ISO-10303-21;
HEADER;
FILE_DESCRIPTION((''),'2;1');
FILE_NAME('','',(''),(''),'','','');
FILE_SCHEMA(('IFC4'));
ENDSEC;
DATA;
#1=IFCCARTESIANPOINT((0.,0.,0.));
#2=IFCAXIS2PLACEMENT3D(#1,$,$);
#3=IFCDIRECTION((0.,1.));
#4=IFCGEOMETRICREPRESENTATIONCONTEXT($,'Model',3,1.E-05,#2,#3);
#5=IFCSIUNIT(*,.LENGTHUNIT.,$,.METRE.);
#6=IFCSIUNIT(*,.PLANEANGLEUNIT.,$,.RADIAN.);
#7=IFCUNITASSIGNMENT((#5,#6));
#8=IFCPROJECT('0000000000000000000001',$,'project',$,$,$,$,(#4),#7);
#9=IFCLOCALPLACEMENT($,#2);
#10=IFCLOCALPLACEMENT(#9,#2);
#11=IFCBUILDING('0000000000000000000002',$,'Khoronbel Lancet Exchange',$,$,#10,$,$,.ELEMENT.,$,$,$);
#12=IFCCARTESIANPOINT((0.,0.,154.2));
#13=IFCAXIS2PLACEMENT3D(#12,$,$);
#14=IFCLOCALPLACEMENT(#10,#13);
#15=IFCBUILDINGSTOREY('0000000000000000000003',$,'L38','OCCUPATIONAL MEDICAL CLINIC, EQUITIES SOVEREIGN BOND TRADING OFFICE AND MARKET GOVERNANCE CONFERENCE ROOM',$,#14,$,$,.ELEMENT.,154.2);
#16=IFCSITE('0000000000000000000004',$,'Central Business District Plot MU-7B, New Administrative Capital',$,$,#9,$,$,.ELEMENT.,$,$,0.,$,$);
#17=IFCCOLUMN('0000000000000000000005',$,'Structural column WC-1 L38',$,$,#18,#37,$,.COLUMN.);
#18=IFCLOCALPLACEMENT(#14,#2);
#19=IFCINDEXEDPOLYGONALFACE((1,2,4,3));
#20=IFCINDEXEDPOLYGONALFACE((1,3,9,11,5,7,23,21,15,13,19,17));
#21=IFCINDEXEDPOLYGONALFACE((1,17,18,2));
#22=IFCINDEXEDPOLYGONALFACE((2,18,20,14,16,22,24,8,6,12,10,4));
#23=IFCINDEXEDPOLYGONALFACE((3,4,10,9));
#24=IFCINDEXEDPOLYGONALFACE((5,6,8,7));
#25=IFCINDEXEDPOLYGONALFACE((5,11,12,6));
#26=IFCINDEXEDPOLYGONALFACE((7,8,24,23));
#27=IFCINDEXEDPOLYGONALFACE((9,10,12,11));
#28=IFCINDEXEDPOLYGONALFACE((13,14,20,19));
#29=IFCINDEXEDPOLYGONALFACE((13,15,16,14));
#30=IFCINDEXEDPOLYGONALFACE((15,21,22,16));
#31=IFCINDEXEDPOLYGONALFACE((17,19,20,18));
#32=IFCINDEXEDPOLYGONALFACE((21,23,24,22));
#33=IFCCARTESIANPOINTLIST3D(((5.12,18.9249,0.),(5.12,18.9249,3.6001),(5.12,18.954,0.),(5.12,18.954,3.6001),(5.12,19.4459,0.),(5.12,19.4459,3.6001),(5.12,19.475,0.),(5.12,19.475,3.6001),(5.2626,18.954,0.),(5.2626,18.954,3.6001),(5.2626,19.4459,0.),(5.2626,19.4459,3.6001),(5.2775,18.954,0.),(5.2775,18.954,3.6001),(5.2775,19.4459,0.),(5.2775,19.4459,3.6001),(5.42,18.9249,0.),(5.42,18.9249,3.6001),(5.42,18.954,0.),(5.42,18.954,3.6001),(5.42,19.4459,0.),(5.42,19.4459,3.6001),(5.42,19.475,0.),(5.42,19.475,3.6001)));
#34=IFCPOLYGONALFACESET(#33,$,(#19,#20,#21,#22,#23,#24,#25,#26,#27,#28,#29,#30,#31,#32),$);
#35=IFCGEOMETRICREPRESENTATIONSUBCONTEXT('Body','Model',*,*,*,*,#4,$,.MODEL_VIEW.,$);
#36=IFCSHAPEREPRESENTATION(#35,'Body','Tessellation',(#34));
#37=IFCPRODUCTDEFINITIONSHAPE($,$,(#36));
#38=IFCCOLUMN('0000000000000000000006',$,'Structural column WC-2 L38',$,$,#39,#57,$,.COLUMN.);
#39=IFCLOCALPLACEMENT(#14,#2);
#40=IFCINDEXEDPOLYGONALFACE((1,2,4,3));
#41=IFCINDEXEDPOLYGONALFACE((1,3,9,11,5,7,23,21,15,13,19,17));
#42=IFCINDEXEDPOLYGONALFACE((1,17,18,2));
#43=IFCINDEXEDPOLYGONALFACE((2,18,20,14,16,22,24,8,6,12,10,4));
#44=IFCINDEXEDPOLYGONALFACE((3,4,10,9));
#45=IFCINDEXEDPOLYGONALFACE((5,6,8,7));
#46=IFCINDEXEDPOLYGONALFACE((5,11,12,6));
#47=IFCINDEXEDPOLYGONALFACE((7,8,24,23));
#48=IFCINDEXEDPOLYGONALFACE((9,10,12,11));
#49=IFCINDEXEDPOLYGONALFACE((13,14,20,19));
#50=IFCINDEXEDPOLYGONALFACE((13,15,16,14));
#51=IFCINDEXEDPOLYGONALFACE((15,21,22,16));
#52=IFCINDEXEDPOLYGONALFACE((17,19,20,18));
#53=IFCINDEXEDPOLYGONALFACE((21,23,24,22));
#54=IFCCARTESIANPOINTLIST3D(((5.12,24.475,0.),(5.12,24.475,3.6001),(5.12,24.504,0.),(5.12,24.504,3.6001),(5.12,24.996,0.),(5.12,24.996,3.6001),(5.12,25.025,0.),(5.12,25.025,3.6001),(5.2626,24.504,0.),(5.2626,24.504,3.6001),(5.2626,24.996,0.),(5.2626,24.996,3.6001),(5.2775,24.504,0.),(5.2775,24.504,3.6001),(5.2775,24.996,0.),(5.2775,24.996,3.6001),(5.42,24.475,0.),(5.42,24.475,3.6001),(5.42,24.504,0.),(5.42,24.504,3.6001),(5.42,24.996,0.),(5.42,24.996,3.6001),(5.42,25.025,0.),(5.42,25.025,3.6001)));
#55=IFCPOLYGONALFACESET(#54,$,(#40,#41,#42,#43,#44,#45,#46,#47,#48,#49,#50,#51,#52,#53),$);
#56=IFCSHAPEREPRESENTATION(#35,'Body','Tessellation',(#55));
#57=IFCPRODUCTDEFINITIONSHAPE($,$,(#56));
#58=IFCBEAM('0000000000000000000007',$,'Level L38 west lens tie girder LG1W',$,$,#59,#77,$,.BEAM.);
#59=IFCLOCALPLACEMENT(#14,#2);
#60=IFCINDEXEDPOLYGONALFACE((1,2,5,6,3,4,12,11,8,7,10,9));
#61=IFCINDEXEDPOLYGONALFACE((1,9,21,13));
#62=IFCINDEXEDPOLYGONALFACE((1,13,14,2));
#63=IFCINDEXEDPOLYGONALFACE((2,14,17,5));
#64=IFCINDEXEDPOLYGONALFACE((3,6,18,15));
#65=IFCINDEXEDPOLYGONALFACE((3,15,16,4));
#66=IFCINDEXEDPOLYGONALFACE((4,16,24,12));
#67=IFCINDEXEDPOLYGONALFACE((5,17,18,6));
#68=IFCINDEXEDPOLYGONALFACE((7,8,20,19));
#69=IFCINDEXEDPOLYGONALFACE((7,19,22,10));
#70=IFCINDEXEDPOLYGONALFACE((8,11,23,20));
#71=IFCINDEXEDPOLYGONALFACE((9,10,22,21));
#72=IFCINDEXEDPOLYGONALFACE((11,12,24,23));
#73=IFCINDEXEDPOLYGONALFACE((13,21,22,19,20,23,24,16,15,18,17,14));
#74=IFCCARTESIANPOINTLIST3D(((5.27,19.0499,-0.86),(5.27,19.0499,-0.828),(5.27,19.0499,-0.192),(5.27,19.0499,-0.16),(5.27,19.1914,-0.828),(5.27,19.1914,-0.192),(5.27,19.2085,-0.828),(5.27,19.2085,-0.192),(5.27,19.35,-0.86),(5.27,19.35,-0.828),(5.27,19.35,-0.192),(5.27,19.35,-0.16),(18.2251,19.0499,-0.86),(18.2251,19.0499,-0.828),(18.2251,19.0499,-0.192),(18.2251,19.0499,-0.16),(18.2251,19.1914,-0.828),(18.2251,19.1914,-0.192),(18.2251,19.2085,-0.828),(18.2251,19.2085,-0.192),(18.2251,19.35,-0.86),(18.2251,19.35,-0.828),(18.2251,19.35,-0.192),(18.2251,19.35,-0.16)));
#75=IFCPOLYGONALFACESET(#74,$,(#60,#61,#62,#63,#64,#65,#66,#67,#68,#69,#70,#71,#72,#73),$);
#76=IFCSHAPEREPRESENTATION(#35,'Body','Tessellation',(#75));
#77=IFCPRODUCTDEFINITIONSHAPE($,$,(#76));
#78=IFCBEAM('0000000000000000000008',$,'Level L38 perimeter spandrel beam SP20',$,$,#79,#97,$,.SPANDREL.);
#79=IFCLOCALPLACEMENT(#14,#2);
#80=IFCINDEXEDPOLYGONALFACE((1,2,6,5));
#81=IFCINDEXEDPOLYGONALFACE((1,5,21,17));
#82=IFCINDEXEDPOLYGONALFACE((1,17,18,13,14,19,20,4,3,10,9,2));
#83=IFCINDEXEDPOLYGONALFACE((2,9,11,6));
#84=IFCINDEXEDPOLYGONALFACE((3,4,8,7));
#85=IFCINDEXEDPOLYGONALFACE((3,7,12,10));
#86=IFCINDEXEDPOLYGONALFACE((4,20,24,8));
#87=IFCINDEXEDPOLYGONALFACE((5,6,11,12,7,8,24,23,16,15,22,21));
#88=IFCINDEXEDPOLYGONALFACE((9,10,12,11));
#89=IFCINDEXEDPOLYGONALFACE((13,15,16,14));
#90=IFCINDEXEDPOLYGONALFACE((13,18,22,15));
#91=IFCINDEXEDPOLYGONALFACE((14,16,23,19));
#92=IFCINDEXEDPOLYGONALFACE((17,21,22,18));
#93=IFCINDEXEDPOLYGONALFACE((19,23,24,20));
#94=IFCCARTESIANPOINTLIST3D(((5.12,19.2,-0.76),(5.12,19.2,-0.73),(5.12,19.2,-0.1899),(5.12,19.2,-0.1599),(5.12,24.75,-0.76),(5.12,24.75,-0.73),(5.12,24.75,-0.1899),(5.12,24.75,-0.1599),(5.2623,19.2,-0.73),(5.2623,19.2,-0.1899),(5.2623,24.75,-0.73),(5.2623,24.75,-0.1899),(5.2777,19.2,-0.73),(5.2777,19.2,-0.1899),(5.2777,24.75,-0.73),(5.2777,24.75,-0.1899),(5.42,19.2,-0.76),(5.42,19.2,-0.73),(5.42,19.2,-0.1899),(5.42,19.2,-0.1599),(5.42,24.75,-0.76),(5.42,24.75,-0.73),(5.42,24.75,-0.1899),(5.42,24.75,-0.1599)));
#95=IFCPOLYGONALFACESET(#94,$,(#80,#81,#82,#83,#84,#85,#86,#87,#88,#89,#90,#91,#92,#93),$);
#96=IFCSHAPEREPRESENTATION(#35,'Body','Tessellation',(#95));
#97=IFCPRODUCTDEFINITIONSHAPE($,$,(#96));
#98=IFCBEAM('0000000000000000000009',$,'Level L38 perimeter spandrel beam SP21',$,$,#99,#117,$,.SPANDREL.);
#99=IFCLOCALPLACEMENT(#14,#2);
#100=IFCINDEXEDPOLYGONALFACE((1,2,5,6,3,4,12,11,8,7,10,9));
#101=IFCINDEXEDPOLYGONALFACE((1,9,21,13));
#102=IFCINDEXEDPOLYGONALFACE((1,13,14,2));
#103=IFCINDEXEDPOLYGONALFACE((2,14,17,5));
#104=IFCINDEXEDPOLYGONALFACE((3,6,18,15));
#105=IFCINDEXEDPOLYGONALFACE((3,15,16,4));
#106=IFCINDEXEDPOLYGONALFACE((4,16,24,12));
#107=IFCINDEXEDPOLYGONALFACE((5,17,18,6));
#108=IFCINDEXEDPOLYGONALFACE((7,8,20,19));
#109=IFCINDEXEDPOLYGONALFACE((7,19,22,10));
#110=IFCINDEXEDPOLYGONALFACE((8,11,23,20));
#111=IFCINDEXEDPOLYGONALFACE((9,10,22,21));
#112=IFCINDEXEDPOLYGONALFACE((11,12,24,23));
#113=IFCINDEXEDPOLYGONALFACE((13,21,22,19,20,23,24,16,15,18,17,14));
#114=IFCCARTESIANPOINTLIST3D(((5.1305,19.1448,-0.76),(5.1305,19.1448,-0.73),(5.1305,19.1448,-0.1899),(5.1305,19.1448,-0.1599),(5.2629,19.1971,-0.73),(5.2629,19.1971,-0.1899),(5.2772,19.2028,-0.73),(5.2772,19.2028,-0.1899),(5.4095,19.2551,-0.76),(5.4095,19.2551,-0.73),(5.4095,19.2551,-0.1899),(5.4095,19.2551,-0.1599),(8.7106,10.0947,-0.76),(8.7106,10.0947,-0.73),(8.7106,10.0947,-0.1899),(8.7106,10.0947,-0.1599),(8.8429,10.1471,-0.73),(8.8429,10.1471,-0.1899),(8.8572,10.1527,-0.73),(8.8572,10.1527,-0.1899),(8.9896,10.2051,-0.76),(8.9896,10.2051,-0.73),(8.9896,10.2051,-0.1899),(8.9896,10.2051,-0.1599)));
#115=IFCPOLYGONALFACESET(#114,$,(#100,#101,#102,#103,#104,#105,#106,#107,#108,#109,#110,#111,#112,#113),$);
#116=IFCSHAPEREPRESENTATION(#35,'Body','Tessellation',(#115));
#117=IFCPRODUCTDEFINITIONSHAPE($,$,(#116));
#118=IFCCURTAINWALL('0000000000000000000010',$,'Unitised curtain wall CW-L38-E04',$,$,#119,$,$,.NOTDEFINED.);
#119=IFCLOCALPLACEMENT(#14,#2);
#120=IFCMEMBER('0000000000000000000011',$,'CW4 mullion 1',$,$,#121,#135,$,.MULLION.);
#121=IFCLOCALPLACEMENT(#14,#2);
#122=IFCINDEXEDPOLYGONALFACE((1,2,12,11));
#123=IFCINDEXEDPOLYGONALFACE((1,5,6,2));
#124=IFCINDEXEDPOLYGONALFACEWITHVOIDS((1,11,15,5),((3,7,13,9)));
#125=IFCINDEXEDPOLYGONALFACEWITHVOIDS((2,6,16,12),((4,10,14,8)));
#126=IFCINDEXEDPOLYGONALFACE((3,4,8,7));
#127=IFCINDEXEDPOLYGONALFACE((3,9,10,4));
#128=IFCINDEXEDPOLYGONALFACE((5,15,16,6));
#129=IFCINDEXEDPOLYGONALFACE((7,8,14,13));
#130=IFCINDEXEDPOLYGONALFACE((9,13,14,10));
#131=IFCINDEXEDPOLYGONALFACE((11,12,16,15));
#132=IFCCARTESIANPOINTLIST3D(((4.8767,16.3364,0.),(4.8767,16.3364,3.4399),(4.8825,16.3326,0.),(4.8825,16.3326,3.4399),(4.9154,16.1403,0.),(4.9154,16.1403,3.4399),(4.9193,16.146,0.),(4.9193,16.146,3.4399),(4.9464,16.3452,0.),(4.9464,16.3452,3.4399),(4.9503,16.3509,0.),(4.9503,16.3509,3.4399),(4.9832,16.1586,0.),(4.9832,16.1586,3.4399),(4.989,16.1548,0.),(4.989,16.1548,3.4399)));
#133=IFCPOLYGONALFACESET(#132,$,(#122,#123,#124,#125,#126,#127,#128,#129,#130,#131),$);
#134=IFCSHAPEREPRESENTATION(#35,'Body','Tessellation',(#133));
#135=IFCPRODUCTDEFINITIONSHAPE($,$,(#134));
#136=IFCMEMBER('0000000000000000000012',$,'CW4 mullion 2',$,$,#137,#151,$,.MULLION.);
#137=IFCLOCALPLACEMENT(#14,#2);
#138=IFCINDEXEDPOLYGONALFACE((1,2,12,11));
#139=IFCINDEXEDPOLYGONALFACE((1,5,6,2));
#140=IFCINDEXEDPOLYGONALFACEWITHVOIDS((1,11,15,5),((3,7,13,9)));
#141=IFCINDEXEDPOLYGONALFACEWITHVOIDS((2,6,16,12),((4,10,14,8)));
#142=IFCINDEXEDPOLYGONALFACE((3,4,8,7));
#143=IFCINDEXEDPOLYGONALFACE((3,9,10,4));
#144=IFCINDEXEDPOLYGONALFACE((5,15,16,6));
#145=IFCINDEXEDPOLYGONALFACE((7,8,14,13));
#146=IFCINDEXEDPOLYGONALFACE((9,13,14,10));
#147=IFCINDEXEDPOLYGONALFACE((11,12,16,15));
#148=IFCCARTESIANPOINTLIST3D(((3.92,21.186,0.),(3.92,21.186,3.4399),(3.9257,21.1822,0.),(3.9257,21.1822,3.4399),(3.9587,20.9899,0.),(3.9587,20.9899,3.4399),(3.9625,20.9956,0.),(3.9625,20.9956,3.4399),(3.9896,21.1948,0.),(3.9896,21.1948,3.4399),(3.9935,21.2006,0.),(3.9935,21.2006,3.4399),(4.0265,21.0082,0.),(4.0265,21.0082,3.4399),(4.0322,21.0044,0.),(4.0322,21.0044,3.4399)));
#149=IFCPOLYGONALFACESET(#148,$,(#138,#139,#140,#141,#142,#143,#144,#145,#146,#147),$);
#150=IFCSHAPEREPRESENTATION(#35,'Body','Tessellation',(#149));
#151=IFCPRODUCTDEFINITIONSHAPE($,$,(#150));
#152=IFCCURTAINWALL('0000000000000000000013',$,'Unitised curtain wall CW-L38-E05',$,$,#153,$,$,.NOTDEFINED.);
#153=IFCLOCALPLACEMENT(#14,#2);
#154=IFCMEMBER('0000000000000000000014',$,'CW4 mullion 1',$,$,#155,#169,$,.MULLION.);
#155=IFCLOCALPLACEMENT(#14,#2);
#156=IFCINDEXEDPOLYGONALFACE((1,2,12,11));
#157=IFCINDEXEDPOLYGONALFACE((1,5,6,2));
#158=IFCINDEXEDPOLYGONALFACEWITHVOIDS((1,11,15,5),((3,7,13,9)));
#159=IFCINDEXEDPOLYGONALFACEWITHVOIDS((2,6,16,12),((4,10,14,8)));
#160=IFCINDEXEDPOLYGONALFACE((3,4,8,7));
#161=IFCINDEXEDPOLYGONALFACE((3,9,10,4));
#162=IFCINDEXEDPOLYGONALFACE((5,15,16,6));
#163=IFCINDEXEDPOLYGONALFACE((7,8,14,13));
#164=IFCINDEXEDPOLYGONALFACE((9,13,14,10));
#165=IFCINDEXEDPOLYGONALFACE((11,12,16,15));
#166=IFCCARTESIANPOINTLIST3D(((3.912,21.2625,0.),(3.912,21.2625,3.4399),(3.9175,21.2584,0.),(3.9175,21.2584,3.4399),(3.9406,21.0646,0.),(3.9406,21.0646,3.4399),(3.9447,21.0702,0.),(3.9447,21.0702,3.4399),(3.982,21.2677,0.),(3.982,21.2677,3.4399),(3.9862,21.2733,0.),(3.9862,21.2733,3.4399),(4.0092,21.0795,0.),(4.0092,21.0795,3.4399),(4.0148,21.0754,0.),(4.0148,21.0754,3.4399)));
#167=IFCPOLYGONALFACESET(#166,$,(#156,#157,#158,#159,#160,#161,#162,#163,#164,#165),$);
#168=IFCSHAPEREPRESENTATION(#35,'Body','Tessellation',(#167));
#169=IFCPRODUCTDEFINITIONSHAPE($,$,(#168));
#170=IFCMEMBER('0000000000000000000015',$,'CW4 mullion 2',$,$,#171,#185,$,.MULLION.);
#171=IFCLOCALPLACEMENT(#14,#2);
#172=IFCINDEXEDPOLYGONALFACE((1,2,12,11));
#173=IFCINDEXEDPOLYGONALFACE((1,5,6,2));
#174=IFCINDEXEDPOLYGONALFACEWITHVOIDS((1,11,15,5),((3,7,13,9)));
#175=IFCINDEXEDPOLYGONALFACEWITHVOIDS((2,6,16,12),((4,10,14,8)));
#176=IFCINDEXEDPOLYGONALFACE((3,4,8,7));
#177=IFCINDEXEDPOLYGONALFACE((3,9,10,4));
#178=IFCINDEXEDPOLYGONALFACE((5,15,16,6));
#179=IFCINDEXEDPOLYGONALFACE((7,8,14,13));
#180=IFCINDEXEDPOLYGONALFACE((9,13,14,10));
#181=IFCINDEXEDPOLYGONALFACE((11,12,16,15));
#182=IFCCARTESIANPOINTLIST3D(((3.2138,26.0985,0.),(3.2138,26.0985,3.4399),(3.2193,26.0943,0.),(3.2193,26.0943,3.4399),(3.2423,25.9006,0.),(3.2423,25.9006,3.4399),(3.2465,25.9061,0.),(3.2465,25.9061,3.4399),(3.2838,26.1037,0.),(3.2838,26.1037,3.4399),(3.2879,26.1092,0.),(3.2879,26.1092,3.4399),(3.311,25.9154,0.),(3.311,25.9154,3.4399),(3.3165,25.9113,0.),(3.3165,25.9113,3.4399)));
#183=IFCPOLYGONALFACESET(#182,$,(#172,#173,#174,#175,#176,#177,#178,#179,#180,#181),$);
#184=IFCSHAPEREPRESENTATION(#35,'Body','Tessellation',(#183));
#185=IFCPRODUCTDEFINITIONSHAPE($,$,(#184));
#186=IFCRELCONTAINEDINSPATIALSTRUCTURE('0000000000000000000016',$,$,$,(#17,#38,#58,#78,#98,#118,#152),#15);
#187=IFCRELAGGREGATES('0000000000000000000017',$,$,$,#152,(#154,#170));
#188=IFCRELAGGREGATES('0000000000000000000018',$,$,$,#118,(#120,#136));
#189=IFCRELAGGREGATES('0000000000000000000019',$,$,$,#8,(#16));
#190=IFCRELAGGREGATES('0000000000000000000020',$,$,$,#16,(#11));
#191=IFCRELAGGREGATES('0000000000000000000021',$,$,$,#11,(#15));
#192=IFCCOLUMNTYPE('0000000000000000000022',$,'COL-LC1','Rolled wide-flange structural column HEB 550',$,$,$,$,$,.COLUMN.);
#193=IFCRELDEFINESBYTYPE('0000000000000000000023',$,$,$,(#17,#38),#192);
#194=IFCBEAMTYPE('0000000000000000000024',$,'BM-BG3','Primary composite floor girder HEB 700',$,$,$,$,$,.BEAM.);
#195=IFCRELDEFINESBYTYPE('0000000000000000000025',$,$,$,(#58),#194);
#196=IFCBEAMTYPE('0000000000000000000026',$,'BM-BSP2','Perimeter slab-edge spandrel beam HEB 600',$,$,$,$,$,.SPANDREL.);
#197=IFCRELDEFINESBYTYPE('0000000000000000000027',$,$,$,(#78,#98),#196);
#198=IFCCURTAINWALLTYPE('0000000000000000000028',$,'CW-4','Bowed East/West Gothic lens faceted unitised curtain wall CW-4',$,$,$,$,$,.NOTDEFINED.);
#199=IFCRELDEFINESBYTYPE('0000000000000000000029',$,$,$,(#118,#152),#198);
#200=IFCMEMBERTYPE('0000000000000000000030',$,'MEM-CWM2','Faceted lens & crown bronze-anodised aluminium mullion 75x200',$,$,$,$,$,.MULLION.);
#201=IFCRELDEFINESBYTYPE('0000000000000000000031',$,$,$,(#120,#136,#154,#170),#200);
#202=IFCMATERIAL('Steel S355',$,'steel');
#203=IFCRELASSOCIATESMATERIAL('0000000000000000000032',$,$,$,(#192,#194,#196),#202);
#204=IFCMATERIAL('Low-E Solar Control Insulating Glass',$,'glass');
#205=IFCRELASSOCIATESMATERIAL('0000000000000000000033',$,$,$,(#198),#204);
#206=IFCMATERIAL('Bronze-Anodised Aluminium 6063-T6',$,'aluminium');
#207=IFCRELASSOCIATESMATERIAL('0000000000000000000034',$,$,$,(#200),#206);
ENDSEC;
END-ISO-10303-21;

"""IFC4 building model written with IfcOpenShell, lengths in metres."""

from ifc_helpers import new_model, si_unit, direction, frame, origin, origin_2d, place, context, subcontext, project, spatial, hollow_rectangle, i_section, extrude, material, material_profile, profile_set, type_object, element, aggregate, save


model = new_model("IFC4")

# Units and contexts
model_context = context("Model", 3, precision=1e-05, world=origin(), true_north=direction((0.0, 1.0)))
body_context = subcontext(model_context, "Body", "Model", "MODEL_VIEW")
ifc_project = project(units=[si_unit("LENGTHUNIT", "METRE"), si_unit("PLANEANGLEUNIT", "RADIAN")], contexts=[model_context])

# Site, building, storey
site_placement = place(None, origin())
site = spatial("IfcSite", under=ifc_project, at=site_placement, Name="Central Business District Plot MU-7B, New Administrative Capital", CompositionType="ELEMENT", RefElevation=0.0)
building_placement = place(site_placement, origin())
building = spatial("IfcBuilding", under=site, at=building_placement, Name="Khoronbel Lancet Exchange", CompositionType="ELEMENT")
storey_placement = place(building_placement, frame((0.0, 0.0, 154.2)))
storey = spatial("IfcBuildingStorey", under=building, at=storey_placement, Name="L38", Description="OCCUPATIONAL MEDICAL CLINIC, EQUITIES SOVEREIGN BOND TRADING OFFICE AND MARKET GOVERNANCE CONFERENCE ROOM", CompositionType="ELEMENT", Elevation=154.2)

# Columns
ifc_material_1 = material(Name="Steel S355", Category="steel")
ifc_material_profile_1 = material_profile(ifc_material_1, i_section(OverallWidth=0.3, OverallDepth=0.55, WebThickness=0.0149, FlangeThickness=0.0291, at=origin_2d()), Name="HEB 550")
ifc_profile_set_1 = profile_set([ifc_material_profile_1], Name="Steel S355")
column_type = type_object("IfcColumnType", Name="COL-LC1", Description="Rolled wide-flange structural column HEB 550", PredefinedType="COLUMN", material=ifc_profile_set_1)
for number, where, z_axis, x_axis, name in (
    (1, (5.27, 19.2, 0.0), (0.0, 0.0, 1.0), (1.0, 0.0, 0.0), "Structural column WC-1 L38"),
    (2, (5.27, 24.75, 0.0), (0.0, 0.0, 1.0), (1.0, 0.0, 0.0), "Structural column WC-2 L38"),
):
    element("IfcColumn", number, at=place(storey_placement, frame(where, z_axis=z_axis, x_axis=x_axis)), inside=storey, type_object=column_type, Name=name, PredefinedType="COLUMN", context=body_context, shape_type="SweptSolid", body=[
        extrude(i_section(OverallWidth=0.3, OverallDepth=0.55, WebThickness=0.0149, FlangeThickness=0.0291, at=origin_2d()), origin(), (0.0, 0.0, 1.0), 3.6001),
    ])

# Beams
ifc_material_profile_2 = material_profile(ifc_material_1, i_section(OverallWidth=0.3, OverallDepth=0.7, WebThickness=0.0171, FlangeThickness=0.032, at=origin_2d()), Name="HEB 700")
ifc_profile_set_2 = profile_set([ifc_material_profile_2], Name="Steel S355")
beam_type_1 = type_object("IfcBeamType", Name="BM-BG3", Description="Primary composite floor girder HEB 700", PredefinedType="BEAM", material=ifc_profile_set_2)
beam_1_placement = place(storey_placement, frame((5.27, 19.2, -0.51), z_axis=(1.0, 0.0, 0.0), x_axis=(0.0, 1.0, 0.0)))
element("IfcBeam", 3, at=beam_1_placement, inside=storey, type_object=beam_type_1, Name="Level L38 west lens tie girder LG1W", PredefinedType="BEAM", context=body_context, shape_type="SweptSolid", body=[
    extrude(i_section(OverallWidth=0.3, OverallDepth=0.7, WebThickness=0.0171, FlangeThickness=0.032, at=origin_2d()), origin(), (0.0, 0.0, 1.0), 12.9551),
])
ifc_material_profile_3 = material_profile(ifc_material_1, i_section(OverallWidth=0.3, OverallDepth=0.6001, WebThickness=0.0154, FlangeThickness=0.03, at=origin_2d()), Name="HEB 600")
ifc_profile_set_3 = profile_set([ifc_material_profile_3], Name="Steel S355")
beam_type_2 = type_object("IfcBeamType", Name="BM-BSP2", Description="Perimeter slab-edge spandrel beam HEB 600", PredefinedType="SPANDREL", material=ifc_profile_set_3)
beam_2_placement = place(storey_placement, frame((5.27, 24.75, -0.46), z_axis=(0.0, -1.0, 0.0), x_axis=(1.0, 0.0, 0.0)))
element("IfcBeam", 4, at=beam_2_placement, inside=storey, type_object=beam_type_2, Name="Level L38 perimeter spandrel beam SP20", PredefinedType="SPANDREL", context=body_context, shape_type="SweptSolid", body=[
    extrude(i_section(OverallWidth=0.3, OverallDepth=0.6001, WebThickness=0.0154, FlangeThickness=0.03, at=origin_2d()), origin(), (0.0, 0.0, 1.0), 5.55),
])
beam_3_placement = place(storey_placement, frame((5.27, 19.2, -0.46), z_axis=(0.36785, -0.929885, 0.0), x_axis=(0.929885, 0.36785, 0.0)))
element("IfcBeam", 5, at=beam_3_placement, inside=storey, type_object=beam_type_2, Name="Level L38 perimeter spandrel beam SP21", PredefinedType="SPANDREL", context=body_context, shape_type="SweptSolid", body=[
    extrude(i_section(OverallWidth=0.3, OverallDepth=0.6001, WebThickness=0.0154, FlangeThickness=0.03, at=origin_2d()), origin(), (0.0, 0.0, 1.0), 9.7324),
])

# Curtain walls, members
ifc_material_2 = material(Name="Low-E Solar Control Insulating Glass", Category="glass")
curtain_wall_type = type_object("IfcCurtainWallType", Name="CW-4", Description="Bowed East/West Gothic lens faceted unitised curtain wall CW-4", PredefinedType="NOTDEFINED", material=ifc_material_2)
curtain_wall_1_placement = place(storey_placement, origin())
curtain_wall_1 = element("IfcCurtainWall", 6, at=curtain_wall_1_placement, inside=storey, type_object=curtain_wall_type, Name="Unitised curtain wall CW-L38-E04", PredefinedType="NOTDEFINED")
ifc_material_3 = material(Name="Bronze-Anodised Aluminium 6063-T6", Category="aluminium")
ifc_material_profile_4 = material_profile(ifc_material_3, hollow_rectangle(XDim=0.075, YDim=0.2, WallThickness=0.0049, at=origin_2d()), Name="ALU MULLION 75x200")
ifc_profile_set_4 = profile_set([ifc_material_profile_4], Name="Bronze-Anodised Aluminium 6063-T6")
member_type_1 = type_object("IfcMemberType", Name="MEM-CWM2", Description="Faceted lens & crown bronze-anodised aluminium mullion 75x200", PredefinedType="MULLION", material=ifc_profile_set_4)
member_1_placement = place(storey_placement, frame((4.9329, 16.2456, 0.0), z_axis=(0.0, 0.0, 1.0), x_axis=(-0.981092, -0.193544, 0.0)))
member_1 = element("IfcMember", 7, at=member_1_placement, type_object=member_type_1, Name="CW4 mullion 1", PredefinedType="MULLION", context=body_context, shape_type="SweptSolid", body=[
    extrude(hollow_rectangle(XDim=0.075, YDim=0.2, WallThickness=0.0049, at=origin_2d()), origin(), (0.0, 0.0, 1.0), 3.4399),
])
member_2_placement = place(storey_placement, frame((3.9761, 21.0952, 0.0), z_axis=(0.0, 0.0, 1.0), x_axis=(-0.981092, -0.193544, 0.0)))
member_2 = element("IfcMember", 8, at=member_2_placement, type_object=member_type_1, Name="CW4 mullion 2", PredefinedType="MULLION", context=body_context, shape_type="SweptSolid", body=[
    extrude(hollow_rectangle(XDim=0.075, YDim=0.2, WallThickness=0.0049, at=origin_2d()), origin(), (0.0, 0.0, 1.0), 3.4399),
])
curtain_wall_2_placement = place(storey_placement, origin())
curtain_wall_2 = element("IfcCurtainWall", 9, at=curtain_wall_2_placement, inside=storey, type_object=curtain_wall_type, Name="Unitised curtain wall CW-L38-E05", PredefinedType="NOTDEFINED")
member_3_placement = place(storey_placement, frame((3.9634, 21.1689, 0.0), z_axis=(0.0, 0.0, 1.0), x_axis=(-0.989733, -0.142931, 0.0)))
member_3 = element("IfcMember", 10, at=member_3_placement, type_object=member_type_1, Name="CW4 mullion 1", PredefinedType="MULLION", context=body_context, shape_type="SweptSolid", body=[
    extrude(hollow_rectangle(XDim=0.075, YDim=0.2, WallThickness=0.0049, at=origin_2d()), origin(), (0.0, 0.0, 1.0), 3.4399),
])
member_4_placement = place(storey_placement, frame((3.2651, 26.0049, 0.0), z_axis=(0.0, 0.0, 1.0), x_axis=(-0.989733, -0.142931, 0.0)))
member_4 = element("IfcMember", 11, at=member_4_placement, type_object=member_type_1, Name="CW4 mullion 2", PredefinedType="MULLION", context=body_context, shape_type="SweptSolid", body=[
    extrude(hollow_rectangle(XDim=0.075, YDim=0.2, WallThickness=0.0049, at=origin_2d()), origin(), (0.0, 0.0, 1.0), 3.4399),
])

aggregate(curtain_wall_2, [member_3, member_4])
aggregate(curtain_wall_1, [member_1, member_2])

save(model, "model.ifc")
